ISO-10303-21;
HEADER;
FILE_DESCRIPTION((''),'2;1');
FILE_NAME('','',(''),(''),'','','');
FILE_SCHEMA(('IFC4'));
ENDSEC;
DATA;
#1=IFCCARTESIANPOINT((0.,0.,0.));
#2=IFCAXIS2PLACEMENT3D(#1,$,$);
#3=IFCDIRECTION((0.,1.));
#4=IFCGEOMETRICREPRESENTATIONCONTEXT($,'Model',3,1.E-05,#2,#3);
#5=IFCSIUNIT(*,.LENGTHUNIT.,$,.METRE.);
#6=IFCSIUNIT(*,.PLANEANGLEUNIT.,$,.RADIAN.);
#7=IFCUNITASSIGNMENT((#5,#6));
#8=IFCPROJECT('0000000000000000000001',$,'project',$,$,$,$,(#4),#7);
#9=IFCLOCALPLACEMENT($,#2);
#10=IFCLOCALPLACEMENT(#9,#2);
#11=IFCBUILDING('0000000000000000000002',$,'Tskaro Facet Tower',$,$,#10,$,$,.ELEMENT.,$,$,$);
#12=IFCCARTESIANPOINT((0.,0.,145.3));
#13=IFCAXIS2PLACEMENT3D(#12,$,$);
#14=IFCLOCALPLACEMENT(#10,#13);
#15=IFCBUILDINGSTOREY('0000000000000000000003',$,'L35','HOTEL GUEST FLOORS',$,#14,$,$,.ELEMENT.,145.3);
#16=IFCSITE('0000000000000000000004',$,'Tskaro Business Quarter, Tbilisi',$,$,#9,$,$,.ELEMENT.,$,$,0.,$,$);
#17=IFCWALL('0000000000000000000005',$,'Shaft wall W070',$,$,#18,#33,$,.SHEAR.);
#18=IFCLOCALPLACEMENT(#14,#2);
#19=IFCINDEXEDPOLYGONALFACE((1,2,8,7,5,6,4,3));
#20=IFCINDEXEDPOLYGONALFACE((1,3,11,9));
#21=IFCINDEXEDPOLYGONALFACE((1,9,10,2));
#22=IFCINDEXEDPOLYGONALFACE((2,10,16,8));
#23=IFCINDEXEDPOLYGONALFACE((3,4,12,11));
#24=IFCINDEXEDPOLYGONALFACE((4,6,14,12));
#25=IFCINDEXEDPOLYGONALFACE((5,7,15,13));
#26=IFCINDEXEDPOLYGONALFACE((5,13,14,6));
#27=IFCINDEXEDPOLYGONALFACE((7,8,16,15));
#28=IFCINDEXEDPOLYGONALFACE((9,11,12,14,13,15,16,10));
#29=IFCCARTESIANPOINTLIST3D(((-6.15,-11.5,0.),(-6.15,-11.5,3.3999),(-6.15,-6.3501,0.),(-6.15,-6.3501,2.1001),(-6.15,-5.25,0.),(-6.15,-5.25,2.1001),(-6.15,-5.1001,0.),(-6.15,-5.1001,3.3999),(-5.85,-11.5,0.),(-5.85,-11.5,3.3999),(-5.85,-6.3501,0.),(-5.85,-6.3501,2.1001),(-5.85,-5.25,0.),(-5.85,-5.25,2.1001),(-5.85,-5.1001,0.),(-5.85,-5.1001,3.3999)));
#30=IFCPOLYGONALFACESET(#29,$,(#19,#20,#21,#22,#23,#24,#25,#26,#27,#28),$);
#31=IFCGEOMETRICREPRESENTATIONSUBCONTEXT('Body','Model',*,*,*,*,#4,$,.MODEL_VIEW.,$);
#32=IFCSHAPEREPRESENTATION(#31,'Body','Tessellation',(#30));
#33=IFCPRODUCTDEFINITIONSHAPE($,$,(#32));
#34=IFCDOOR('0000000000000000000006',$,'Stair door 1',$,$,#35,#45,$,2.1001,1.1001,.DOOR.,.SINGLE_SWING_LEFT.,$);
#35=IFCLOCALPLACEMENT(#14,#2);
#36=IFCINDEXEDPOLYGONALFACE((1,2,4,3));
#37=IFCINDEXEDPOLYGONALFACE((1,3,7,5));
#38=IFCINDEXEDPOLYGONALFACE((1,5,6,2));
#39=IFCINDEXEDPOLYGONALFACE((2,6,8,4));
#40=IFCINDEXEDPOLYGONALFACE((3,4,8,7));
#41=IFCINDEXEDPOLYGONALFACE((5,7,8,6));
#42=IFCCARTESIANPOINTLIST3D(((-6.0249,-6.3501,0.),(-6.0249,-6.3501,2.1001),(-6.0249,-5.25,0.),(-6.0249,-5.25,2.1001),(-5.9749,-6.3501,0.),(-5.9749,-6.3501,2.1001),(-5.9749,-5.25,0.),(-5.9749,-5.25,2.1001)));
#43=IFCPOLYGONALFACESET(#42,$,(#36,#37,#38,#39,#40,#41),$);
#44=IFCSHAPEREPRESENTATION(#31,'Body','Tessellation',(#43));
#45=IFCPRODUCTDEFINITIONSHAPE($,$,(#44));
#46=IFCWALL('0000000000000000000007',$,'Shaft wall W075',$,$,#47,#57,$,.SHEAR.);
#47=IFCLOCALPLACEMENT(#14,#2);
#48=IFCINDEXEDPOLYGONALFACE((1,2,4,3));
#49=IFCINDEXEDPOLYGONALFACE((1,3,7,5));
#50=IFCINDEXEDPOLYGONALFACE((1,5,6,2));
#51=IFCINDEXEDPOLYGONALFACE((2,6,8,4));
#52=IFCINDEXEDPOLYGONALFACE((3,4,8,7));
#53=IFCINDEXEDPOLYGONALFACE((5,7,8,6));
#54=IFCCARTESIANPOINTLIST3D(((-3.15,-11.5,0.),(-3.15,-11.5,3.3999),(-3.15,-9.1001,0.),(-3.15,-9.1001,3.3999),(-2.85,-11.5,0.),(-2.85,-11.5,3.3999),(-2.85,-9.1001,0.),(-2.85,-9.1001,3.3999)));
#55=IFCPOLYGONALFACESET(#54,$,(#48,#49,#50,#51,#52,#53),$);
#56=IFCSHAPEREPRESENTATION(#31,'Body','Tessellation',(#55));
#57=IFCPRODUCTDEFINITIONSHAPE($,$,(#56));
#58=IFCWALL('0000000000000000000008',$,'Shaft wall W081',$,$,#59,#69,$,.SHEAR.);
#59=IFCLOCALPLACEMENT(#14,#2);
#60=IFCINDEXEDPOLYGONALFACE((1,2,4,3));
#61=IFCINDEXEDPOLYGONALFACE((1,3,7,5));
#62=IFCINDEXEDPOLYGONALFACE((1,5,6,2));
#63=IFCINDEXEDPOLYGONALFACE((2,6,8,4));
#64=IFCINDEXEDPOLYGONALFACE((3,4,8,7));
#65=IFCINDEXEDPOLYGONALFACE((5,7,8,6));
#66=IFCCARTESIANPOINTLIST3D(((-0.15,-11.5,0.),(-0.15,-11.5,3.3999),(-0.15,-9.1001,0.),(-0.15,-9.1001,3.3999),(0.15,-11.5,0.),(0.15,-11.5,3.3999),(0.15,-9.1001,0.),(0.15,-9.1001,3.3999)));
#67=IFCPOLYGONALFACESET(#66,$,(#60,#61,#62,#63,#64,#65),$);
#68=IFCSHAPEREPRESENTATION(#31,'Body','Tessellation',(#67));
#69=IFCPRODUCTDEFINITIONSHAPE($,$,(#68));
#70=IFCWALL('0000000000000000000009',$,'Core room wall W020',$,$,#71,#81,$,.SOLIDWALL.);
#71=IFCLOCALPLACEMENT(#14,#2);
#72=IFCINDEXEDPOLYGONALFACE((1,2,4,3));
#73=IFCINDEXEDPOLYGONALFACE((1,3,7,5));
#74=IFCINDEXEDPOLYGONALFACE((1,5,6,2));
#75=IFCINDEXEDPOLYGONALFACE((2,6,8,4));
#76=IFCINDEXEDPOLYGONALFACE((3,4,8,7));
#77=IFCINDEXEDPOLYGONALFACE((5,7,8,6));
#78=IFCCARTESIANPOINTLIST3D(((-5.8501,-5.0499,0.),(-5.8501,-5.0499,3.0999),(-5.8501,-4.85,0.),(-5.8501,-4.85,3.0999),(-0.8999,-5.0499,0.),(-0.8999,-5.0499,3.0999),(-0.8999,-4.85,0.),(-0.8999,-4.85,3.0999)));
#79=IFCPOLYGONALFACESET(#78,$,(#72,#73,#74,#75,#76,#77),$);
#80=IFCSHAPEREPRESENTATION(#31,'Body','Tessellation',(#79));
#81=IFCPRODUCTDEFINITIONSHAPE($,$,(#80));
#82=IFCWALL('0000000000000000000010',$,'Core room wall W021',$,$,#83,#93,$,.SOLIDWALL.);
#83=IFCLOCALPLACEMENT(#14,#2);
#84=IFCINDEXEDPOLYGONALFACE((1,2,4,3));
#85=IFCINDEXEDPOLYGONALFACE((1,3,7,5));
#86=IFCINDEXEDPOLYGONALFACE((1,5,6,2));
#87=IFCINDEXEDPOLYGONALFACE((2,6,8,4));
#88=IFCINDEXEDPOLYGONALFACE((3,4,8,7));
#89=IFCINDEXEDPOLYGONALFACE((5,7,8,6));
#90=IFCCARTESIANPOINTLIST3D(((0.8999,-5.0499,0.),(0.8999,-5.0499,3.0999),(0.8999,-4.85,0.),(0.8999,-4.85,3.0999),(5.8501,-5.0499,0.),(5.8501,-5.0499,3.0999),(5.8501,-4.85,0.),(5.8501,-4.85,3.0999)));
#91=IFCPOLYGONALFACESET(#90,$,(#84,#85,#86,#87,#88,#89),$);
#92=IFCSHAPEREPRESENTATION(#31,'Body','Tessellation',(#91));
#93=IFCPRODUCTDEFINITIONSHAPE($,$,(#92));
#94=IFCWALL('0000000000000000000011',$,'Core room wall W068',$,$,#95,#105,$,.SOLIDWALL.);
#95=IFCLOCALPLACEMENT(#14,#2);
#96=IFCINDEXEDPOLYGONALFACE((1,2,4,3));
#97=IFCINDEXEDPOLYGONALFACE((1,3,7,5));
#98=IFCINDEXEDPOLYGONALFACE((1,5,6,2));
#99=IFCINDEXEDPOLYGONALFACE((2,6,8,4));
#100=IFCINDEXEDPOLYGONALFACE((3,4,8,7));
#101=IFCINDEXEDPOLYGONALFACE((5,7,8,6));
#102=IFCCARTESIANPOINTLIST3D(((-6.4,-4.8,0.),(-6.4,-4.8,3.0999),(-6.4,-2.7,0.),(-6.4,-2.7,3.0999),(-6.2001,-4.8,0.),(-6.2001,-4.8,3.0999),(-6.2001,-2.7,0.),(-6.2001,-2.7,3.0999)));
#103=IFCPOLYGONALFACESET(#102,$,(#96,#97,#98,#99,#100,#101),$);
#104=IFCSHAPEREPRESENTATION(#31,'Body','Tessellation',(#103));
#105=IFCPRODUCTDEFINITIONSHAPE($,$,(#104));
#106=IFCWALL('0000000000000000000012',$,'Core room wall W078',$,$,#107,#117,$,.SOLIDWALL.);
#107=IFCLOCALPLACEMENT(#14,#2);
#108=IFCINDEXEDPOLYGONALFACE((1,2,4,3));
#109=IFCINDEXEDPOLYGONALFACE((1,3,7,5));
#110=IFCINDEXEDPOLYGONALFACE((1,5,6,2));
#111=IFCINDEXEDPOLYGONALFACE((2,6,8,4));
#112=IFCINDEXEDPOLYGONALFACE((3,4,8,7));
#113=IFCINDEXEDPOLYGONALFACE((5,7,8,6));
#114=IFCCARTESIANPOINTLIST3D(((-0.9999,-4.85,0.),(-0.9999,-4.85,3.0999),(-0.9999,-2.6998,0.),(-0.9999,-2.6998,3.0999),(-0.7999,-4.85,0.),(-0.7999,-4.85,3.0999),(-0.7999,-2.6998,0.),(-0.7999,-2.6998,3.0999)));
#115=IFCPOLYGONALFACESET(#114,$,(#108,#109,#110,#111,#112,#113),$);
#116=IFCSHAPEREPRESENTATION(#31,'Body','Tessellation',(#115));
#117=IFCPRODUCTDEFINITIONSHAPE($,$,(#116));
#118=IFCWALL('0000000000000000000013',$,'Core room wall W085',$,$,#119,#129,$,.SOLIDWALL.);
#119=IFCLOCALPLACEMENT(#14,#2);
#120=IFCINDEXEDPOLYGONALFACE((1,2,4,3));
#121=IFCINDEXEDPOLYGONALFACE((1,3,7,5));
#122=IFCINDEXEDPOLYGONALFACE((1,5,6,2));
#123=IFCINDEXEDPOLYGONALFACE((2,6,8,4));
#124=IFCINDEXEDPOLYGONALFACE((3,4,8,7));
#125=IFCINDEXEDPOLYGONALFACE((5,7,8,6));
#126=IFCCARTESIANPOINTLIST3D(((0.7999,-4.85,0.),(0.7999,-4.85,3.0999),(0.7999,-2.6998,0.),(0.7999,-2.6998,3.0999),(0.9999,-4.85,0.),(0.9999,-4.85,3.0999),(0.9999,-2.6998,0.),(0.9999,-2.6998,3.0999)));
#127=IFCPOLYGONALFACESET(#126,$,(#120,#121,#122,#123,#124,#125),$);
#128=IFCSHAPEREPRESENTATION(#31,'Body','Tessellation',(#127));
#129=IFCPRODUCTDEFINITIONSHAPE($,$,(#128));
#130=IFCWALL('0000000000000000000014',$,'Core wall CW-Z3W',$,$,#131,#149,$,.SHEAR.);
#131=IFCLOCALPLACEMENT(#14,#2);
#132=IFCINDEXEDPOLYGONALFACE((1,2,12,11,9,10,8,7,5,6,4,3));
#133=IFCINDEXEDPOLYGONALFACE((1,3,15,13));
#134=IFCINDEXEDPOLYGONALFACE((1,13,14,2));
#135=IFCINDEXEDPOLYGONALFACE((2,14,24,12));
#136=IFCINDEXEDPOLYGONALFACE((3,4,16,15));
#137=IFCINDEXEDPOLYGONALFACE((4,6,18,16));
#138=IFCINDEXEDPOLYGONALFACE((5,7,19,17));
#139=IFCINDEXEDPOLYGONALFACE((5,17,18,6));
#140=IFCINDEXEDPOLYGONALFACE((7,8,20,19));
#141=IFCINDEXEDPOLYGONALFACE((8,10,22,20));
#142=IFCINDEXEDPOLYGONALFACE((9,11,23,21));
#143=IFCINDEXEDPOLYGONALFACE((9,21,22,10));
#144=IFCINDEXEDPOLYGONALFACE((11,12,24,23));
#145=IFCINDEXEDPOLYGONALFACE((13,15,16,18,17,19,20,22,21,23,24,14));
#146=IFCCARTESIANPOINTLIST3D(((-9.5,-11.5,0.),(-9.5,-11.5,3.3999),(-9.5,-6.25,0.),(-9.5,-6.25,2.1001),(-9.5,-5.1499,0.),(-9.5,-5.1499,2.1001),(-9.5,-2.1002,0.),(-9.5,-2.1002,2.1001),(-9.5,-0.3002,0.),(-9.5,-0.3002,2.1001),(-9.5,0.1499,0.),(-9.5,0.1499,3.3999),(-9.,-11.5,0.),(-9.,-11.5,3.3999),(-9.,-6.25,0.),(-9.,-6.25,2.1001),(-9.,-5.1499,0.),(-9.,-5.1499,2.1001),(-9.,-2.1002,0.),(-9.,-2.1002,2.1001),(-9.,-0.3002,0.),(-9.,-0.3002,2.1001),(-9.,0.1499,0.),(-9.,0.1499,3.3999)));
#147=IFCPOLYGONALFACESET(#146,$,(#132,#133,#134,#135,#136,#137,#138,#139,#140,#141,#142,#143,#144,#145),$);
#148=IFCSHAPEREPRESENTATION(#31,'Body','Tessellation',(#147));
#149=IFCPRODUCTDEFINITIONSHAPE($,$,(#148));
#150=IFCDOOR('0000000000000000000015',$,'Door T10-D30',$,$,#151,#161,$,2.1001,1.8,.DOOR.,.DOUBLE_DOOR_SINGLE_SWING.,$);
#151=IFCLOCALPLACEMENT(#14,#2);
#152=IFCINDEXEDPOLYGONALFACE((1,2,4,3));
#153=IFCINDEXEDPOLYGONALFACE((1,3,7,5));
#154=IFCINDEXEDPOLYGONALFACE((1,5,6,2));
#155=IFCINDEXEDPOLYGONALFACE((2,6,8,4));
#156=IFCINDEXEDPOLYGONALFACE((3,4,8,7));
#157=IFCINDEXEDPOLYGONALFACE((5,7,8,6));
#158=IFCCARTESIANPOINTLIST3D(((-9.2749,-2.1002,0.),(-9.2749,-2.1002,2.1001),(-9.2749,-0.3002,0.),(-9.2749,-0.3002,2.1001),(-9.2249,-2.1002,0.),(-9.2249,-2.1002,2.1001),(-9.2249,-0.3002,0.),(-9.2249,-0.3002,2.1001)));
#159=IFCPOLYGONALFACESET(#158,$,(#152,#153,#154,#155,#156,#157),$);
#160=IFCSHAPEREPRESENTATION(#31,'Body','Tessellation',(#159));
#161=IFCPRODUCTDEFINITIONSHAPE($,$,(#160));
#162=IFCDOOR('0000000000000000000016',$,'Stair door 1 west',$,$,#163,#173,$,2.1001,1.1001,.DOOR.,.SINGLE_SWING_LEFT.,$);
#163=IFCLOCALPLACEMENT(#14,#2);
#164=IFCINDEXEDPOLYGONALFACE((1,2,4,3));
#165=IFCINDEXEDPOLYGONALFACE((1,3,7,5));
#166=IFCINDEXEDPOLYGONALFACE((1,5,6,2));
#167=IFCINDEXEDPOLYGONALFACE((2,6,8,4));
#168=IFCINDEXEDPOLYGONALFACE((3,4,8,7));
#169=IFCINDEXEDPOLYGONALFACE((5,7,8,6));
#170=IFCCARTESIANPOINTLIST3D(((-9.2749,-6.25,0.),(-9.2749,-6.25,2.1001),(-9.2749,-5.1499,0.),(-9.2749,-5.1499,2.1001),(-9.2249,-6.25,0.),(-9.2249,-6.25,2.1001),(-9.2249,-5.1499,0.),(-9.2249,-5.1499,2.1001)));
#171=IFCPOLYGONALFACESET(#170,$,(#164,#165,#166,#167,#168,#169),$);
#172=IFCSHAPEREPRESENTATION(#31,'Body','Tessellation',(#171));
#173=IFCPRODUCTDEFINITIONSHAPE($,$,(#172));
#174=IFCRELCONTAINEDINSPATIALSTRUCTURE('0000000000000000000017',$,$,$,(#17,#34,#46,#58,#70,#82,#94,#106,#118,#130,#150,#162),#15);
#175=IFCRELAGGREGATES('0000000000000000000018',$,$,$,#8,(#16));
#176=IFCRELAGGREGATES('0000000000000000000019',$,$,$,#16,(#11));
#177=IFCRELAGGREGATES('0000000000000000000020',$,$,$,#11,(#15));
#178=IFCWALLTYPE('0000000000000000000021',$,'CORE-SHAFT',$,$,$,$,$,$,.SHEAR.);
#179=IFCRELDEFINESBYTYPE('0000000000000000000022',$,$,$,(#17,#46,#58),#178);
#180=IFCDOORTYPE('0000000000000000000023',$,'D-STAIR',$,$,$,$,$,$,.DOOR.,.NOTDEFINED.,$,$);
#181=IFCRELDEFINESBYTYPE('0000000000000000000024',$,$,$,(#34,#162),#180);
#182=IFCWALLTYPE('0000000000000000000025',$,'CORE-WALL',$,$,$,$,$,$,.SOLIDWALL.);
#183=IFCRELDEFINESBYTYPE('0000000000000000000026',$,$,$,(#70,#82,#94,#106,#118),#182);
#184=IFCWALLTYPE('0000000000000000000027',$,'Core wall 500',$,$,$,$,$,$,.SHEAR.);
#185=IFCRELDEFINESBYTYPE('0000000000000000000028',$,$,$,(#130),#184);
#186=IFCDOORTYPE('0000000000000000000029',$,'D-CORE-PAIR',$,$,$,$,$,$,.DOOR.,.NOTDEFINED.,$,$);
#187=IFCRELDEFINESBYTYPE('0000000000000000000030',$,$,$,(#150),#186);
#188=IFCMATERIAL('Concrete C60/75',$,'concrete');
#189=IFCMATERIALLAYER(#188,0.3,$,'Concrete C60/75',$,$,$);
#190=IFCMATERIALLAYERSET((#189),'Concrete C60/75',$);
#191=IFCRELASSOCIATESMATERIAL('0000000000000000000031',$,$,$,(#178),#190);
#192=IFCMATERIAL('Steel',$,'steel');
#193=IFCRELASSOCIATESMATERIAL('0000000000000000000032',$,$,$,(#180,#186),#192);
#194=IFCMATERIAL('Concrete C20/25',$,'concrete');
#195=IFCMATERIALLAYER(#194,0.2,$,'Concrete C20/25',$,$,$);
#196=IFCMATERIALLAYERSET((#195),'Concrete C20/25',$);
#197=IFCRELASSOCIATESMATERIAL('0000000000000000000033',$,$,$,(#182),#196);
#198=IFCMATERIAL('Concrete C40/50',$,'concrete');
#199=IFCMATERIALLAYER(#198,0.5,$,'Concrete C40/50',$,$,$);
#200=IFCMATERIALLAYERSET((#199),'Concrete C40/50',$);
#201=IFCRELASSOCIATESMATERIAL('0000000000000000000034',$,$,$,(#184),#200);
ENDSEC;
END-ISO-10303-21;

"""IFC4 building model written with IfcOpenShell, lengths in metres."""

from ifc_helpers import new_model, si_unit, direction, frame, frame_2d, origin, place, context, subcontext, project, spatial, rectangle, extrude, material, layer, layer_set, type_object, element, fill, save


model = new_model("IFC4")

# Units and contexts
model_context = context("Model", 3, precision=1e-05, world=origin(), true_north=direction((0.0, 1.0)))
body_context = subcontext(model_context, "Body", "Model", "MODEL_VIEW")
ifc_project = project(units=[si_unit("LENGTHUNIT", "METRE"), si_unit("PLANEANGLEUNIT", "RADIAN")], contexts=[model_context])

# Site, building, storey
site_placement = place(None, origin())
site = spatial("IfcSite", under=ifc_project, at=site_placement, Name="Tskaro Business Quarter, Tbilisi", CompositionType="ELEMENT", RefElevation=0.0)
building_placement = place(site_placement, origin())
building = spatial("IfcBuilding", under=site, at=building_placement, Name="Tskaro Facet Tower", CompositionType="ELEMENT")
storey_placement = place(building_placement, frame((0.0, 0.0, 145.3)))
storey = spatial("IfcBuildingStorey", under=building, at=storey_placement, Name="L35", Description="HOTEL GUEST FLOORS", CompositionType="ELEMENT", Elevation=145.3)

# Shared definitions
ifc_material_1 = material(Name="Concrete C40/50", Category="concrete")

# Shared definitions
ifc_material_2 = material(Name="Concrete C60/75", Category="concrete")

# Shared definitions
ifc_layer_1 = layer(ifc_material_2, 0.3, Name="Concrete C60/75")
ifc_layer_set_1 = layer_set([ifc_layer_1], Name="Concrete C60/75")
wall_type_1 = type_object("IfcWallType", Name="CORE-SHAFT", PredefinedType="SHEAR", material=ifc_layer_set_1)

# Wall, opening, door
wall_1_placement = place(storey_placement, frame((-6.0, -11.5, 0.0), z_axis=(0.0, 0.0, 1.0), x_axis=(0.0, 1.0, 0.0)))
wall_1 = element("IfcWall", 1, at=wall_1_placement, inside=storey, type_object=wall_type_1, Name="Shaft wall W070", PredefinedType="SHEAR", context=body_context, shape_type="SweptSolid", body=[
    extrude(rectangle(XDim=6.3999, YDim=0.3, at=frame_2d((3.2, 0.0))), origin(), (0.0, 0.0, 1.0), 3.3999),
])
opening_1_placement = place(wall_1_placement, frame((5.1499, 0.0, 0.0)))
opening_1 = element("IfcOpeningElement", 2, at=opening_1_placement, cuts=wall_1, PredefinedType="OPENING", context=body_context, shape_type="SweptSolid", body=[
    extrude(rectangle(XDim=1.1001, YDim=2.1001, at=frame_2d((0.55, 1.05))), frame((0.0, 0.1599, 0.0), z_axis=(0.0, -1.0, 0.0), x_axis=(1.0, 0.0, 0.0)), (0.0, 0.0, 1.0), 0.3201),
])
ifc_material_3 = material(Name="Steel", Category="steel")
door_type_1 = type_object("IfcDoorType", Name="D-STAIR", OperationType="NOTDEFINED", PredefinedType="DOOR", material=ifc_material_3)
door_1_placement = place(opening_1_placement, origin())
door_1 = element("IfcDoor", 3, at=door_1_placement, inside=storey, type_object=door_type_1, Name="Stair door 1", OperationType="SINGLE_SWING_LEFT", OverallHeight=2.1001, OverallWidth=1.1001, PredefinedType="DOOR", context=body_context, shape_type="SweptSolid", body=[
    extrude(rectangle(XDim=1.1001, YDim=2.1001, at=frame_2d((0.55, 1.05))), frame((0.0, 0.0249, 0.0), z_axis=(0.0, -1.0, 0.0), x_axis=(1.0, 0.0, 0.0)), (0.0, 0.0, 1.0), 0.05),
])
fill(opening_1, door_1)

# Walls
for number, where, z_axis, x_axis, name in (
    (4, (-3.0, -11.5, 0.0), (0.0, 0.0, 1.0), (0.0, 1.0, 0.0), "Shaft wall W075"),
    (5, (0.0, -11.5, 0.0), (0.0, 0.0, 1.0), (0.0, 1.0, 0.0), "Shaft wall W081"),
):
    element("IfcWall", number, at=place(storey_placement, frame(where, z_axis=z_axis, x_axis=x_axis)), inside=storey, type_object=wall_type_1, Name=name, PredefinedType="SHEAR", context=body_context, shape_type="SweptSolid", body=[
        extrude(rectangle(XDim=2.3999, YDim=0.3, at=frame_2d((1.2, 0.0))), origin(), (0.0, 0.0, 1.0), 3.3999),
    ])
ifc_material_4 = material(Name="Concrete C20/25", Category="concrete")
ifc_layer_2 = layer(ifc_material_4, 0.2, Name="Concrete C20/25")
ifc_layer_set_2 = layer_set([ifc_layer_2], Name="Concrete C20/25")
wall_type_2 = type_object("IfcWallType", Name="CORE-WALL", PredefinedType="SOLIDWALL", material=ifc_layer_set_2)
for number, where, z_axis, x_axis, name in (
    (6, (-5.8501, -4.95, 0.0), (0.0, 0.0, 1.0), (1.0, 0.0, 0.0), "Core room wall W020"),
    (7, (0.8999, -4.95, 0.0), (0.0, 0.0, 1.0), (1.0, 0.0, 0.0), "Core room wall W021"),
):
    element("IfcWall", number, at=place(storey_placement, frame(where, z_axis=z_axis, x_axis=x_axis)), inside=storey, type_object=wall_type_2, Name=name, PredefinedType="SOLIDWALL", context=body_context, shape_type="SweptSolid", body=[
        extrude(rectangle(XDim=4.9502, YDim=0.2, at=frame_2d((2.4751, 0.0))), origin(), (0.0, 0.0, 1.0), 3.0999),
    ])
wall_2_placement = place(storey_placement, frame((-6.3, -4.8, 0.0), z_axis=(0.0, 0.0, 1.0), x_axis=(0.0, 1.0, 0.0)))
element("IfcWall", 8, at=wall_2_placement, inside=storey, type_object=wall_type_2, Name="Core room wall W068", PredefinedType="SOLIDWALL", context=body_context, shape_type="SweptSolid", body=[
    extrude(rectangle(XDim=2.1001, YDim=0.2, at=frame_2d((1.05, 0.0))), origin(), (0.0, 0.0, 1.0), 3.0999),
])
for number, where, z_axis, x_axis, name in (
    (9, (-0.8999, -4.8501, 0.0), (0.0, 0.0, 1.0), (0.0, 1.0, 0.0), "Core room wall W078"),
    (10, (0.8999, -4.8501, 0.0), (0.0, 0.0, 1.0), (0.0, 1.0, 0.0), "Core room wall W085"),
):
    element("IfcWall", number, at=place(storey_placement, frame(where, z_axis=z_axis, x_axis=x_axis)), inside=storey, type_object=wall_type_2, Name=name, PredefinedType="SOLIDWALL", context=body_context, shape_type="SweptSolid", body=[
        extrude(rectangle(XDim=2.1501, YDim=0.2, at=frame_2d((1.0752, 0.0))), origin(), (0.0, 0.0, 1.0), 3.0999),
    ])

# Wall, openings, doors
ifc_layer_3 = layer(ifc_material_1, 0.5, Name="Concrete C40/50")
ifc_layer_set_3 = layer_set([ifc_layer_3], Name="Concrete C40/50")
wall_type_3 = type_object("IfcWallType", Name="Core wall 500", PredefinedType="SHEAR", material=ifc_layer_set_3)
wall_3_placement = place(storey_placement, frame((-9.25, -11.5, 0.0), z_axis=(0.0, 0.0, 1.0), x_axis=(0.0, 1.0, 0.0)))
wall_3 = element("IfcWall", 11, at=wall_3_placement, inside=storey, type_object=wall_type_3, Name="Core wall CW-Z3W", PredefinedType="SHEAR", context=body_context, shape_type="SweptSolid", body=[
    extrude(rectangle(XDim=11.6499, YDim=0.5, at=frame_2d((5.825, 0.0))), origin(), (0.0, 0.0, 1.0), 3.3999),
])
opening_2_placement = place(wall_3_placement, frame((9.3999, 0.0, 0.0)))
opening_2 = element("IfcOpeningElement", 12, at=opening_2_placement, cuts=wall_3, PredefinedType="OPENING", context=body_context, shape_type="SweptSolid", body=[
    extrude(rectangle(XDim=1.8, YDim=2.1001, at=frame_2d((0.8999, 1.05))), frame((0.0, 0.26, 0.0), z_axis=(0.0, -1.0, 0.0), x_axis=(1.0, 0.0, 0.0)), (0.0, 0.0, 1.0), 0.52),
])
opening_3_placement = place(wall_3_placement, frame((5.25, 0.0, 0.0)))
opening_3 = element("IfcOpeningElement", 13, at=opening_3_placement, cuts=wall_3, PredefinedType="OPENING", context=body_context, shape_type="SweptSolid", body=[
    extrude(rectangle(XDim=1.1001, YDim=2.1001, at=frame_2d((0.55, 1.05))), frame((0.0, 0.26, 0.0), z_axis=(0.0, -1.0, 0.0), x_axis=(1.0, 0.0, 0.0)), (0.0, 0.0, 1.0), 0.52),
])
door_type_2 = type_object("IfcDoorType", Name="D-CORE-PAIR", OperationType="NOTDEFINED", PredefinedType="DOOR", material=ifc_material_3)
door_2_placement = place(opening_2_placement, origin())
door_2 = element("IfcDoor", 14, at=door_2_placement, inside=storey, type_object=door_type_2, Name="Door T10-D30", OperationType="DOUBLE_DOOR_SINGLE_SWING", OverallHeight=2.1001, OverallWidth=1.8, PredefinedType="DOOR", context=body_context, shape_type="SweptSolid", body=[
    extrude(rectangle(XDim=1.8, YDim=2.1001, at=frame_2d((0.8999, 1.05))), frame((0.0, 0.0249, 0.0), z_axis=(0.0, -1.0, 0.0), x_axis=(1.0, 0.0, 0.0)), (0.0, 0.0, 1.0), 0.05),
])
fill(opening_2, door_2)
door_3_placement = place(opening_3_placement, origin())
door_3 = element("IfcDoor", 15, at=door_3_placement, inside=storey, type_object=door_type_1, Name="Stair door 1 west", OperationType="SINGLE_SWING_LEFT", OverallHeight=2.1001, OverallWidth=1.1001, PredefinedType="DOOR", context=body_context, shape_type="SweptSolid", body=[
    extrude(rectangle(XDim=1.1001, YDim=2.1001, at=frame_2d((0.55, 1.05))), frame((0.0, 0.0249, 0.0), z_axis=(0.0, -1.0, 0.0), x_axis=(1.0, 0.0, 0.0)), (0.0, 0.0, 1.0), 0.05),
])
fill(opening_3, door_3)

save(model, "model.ifc")
